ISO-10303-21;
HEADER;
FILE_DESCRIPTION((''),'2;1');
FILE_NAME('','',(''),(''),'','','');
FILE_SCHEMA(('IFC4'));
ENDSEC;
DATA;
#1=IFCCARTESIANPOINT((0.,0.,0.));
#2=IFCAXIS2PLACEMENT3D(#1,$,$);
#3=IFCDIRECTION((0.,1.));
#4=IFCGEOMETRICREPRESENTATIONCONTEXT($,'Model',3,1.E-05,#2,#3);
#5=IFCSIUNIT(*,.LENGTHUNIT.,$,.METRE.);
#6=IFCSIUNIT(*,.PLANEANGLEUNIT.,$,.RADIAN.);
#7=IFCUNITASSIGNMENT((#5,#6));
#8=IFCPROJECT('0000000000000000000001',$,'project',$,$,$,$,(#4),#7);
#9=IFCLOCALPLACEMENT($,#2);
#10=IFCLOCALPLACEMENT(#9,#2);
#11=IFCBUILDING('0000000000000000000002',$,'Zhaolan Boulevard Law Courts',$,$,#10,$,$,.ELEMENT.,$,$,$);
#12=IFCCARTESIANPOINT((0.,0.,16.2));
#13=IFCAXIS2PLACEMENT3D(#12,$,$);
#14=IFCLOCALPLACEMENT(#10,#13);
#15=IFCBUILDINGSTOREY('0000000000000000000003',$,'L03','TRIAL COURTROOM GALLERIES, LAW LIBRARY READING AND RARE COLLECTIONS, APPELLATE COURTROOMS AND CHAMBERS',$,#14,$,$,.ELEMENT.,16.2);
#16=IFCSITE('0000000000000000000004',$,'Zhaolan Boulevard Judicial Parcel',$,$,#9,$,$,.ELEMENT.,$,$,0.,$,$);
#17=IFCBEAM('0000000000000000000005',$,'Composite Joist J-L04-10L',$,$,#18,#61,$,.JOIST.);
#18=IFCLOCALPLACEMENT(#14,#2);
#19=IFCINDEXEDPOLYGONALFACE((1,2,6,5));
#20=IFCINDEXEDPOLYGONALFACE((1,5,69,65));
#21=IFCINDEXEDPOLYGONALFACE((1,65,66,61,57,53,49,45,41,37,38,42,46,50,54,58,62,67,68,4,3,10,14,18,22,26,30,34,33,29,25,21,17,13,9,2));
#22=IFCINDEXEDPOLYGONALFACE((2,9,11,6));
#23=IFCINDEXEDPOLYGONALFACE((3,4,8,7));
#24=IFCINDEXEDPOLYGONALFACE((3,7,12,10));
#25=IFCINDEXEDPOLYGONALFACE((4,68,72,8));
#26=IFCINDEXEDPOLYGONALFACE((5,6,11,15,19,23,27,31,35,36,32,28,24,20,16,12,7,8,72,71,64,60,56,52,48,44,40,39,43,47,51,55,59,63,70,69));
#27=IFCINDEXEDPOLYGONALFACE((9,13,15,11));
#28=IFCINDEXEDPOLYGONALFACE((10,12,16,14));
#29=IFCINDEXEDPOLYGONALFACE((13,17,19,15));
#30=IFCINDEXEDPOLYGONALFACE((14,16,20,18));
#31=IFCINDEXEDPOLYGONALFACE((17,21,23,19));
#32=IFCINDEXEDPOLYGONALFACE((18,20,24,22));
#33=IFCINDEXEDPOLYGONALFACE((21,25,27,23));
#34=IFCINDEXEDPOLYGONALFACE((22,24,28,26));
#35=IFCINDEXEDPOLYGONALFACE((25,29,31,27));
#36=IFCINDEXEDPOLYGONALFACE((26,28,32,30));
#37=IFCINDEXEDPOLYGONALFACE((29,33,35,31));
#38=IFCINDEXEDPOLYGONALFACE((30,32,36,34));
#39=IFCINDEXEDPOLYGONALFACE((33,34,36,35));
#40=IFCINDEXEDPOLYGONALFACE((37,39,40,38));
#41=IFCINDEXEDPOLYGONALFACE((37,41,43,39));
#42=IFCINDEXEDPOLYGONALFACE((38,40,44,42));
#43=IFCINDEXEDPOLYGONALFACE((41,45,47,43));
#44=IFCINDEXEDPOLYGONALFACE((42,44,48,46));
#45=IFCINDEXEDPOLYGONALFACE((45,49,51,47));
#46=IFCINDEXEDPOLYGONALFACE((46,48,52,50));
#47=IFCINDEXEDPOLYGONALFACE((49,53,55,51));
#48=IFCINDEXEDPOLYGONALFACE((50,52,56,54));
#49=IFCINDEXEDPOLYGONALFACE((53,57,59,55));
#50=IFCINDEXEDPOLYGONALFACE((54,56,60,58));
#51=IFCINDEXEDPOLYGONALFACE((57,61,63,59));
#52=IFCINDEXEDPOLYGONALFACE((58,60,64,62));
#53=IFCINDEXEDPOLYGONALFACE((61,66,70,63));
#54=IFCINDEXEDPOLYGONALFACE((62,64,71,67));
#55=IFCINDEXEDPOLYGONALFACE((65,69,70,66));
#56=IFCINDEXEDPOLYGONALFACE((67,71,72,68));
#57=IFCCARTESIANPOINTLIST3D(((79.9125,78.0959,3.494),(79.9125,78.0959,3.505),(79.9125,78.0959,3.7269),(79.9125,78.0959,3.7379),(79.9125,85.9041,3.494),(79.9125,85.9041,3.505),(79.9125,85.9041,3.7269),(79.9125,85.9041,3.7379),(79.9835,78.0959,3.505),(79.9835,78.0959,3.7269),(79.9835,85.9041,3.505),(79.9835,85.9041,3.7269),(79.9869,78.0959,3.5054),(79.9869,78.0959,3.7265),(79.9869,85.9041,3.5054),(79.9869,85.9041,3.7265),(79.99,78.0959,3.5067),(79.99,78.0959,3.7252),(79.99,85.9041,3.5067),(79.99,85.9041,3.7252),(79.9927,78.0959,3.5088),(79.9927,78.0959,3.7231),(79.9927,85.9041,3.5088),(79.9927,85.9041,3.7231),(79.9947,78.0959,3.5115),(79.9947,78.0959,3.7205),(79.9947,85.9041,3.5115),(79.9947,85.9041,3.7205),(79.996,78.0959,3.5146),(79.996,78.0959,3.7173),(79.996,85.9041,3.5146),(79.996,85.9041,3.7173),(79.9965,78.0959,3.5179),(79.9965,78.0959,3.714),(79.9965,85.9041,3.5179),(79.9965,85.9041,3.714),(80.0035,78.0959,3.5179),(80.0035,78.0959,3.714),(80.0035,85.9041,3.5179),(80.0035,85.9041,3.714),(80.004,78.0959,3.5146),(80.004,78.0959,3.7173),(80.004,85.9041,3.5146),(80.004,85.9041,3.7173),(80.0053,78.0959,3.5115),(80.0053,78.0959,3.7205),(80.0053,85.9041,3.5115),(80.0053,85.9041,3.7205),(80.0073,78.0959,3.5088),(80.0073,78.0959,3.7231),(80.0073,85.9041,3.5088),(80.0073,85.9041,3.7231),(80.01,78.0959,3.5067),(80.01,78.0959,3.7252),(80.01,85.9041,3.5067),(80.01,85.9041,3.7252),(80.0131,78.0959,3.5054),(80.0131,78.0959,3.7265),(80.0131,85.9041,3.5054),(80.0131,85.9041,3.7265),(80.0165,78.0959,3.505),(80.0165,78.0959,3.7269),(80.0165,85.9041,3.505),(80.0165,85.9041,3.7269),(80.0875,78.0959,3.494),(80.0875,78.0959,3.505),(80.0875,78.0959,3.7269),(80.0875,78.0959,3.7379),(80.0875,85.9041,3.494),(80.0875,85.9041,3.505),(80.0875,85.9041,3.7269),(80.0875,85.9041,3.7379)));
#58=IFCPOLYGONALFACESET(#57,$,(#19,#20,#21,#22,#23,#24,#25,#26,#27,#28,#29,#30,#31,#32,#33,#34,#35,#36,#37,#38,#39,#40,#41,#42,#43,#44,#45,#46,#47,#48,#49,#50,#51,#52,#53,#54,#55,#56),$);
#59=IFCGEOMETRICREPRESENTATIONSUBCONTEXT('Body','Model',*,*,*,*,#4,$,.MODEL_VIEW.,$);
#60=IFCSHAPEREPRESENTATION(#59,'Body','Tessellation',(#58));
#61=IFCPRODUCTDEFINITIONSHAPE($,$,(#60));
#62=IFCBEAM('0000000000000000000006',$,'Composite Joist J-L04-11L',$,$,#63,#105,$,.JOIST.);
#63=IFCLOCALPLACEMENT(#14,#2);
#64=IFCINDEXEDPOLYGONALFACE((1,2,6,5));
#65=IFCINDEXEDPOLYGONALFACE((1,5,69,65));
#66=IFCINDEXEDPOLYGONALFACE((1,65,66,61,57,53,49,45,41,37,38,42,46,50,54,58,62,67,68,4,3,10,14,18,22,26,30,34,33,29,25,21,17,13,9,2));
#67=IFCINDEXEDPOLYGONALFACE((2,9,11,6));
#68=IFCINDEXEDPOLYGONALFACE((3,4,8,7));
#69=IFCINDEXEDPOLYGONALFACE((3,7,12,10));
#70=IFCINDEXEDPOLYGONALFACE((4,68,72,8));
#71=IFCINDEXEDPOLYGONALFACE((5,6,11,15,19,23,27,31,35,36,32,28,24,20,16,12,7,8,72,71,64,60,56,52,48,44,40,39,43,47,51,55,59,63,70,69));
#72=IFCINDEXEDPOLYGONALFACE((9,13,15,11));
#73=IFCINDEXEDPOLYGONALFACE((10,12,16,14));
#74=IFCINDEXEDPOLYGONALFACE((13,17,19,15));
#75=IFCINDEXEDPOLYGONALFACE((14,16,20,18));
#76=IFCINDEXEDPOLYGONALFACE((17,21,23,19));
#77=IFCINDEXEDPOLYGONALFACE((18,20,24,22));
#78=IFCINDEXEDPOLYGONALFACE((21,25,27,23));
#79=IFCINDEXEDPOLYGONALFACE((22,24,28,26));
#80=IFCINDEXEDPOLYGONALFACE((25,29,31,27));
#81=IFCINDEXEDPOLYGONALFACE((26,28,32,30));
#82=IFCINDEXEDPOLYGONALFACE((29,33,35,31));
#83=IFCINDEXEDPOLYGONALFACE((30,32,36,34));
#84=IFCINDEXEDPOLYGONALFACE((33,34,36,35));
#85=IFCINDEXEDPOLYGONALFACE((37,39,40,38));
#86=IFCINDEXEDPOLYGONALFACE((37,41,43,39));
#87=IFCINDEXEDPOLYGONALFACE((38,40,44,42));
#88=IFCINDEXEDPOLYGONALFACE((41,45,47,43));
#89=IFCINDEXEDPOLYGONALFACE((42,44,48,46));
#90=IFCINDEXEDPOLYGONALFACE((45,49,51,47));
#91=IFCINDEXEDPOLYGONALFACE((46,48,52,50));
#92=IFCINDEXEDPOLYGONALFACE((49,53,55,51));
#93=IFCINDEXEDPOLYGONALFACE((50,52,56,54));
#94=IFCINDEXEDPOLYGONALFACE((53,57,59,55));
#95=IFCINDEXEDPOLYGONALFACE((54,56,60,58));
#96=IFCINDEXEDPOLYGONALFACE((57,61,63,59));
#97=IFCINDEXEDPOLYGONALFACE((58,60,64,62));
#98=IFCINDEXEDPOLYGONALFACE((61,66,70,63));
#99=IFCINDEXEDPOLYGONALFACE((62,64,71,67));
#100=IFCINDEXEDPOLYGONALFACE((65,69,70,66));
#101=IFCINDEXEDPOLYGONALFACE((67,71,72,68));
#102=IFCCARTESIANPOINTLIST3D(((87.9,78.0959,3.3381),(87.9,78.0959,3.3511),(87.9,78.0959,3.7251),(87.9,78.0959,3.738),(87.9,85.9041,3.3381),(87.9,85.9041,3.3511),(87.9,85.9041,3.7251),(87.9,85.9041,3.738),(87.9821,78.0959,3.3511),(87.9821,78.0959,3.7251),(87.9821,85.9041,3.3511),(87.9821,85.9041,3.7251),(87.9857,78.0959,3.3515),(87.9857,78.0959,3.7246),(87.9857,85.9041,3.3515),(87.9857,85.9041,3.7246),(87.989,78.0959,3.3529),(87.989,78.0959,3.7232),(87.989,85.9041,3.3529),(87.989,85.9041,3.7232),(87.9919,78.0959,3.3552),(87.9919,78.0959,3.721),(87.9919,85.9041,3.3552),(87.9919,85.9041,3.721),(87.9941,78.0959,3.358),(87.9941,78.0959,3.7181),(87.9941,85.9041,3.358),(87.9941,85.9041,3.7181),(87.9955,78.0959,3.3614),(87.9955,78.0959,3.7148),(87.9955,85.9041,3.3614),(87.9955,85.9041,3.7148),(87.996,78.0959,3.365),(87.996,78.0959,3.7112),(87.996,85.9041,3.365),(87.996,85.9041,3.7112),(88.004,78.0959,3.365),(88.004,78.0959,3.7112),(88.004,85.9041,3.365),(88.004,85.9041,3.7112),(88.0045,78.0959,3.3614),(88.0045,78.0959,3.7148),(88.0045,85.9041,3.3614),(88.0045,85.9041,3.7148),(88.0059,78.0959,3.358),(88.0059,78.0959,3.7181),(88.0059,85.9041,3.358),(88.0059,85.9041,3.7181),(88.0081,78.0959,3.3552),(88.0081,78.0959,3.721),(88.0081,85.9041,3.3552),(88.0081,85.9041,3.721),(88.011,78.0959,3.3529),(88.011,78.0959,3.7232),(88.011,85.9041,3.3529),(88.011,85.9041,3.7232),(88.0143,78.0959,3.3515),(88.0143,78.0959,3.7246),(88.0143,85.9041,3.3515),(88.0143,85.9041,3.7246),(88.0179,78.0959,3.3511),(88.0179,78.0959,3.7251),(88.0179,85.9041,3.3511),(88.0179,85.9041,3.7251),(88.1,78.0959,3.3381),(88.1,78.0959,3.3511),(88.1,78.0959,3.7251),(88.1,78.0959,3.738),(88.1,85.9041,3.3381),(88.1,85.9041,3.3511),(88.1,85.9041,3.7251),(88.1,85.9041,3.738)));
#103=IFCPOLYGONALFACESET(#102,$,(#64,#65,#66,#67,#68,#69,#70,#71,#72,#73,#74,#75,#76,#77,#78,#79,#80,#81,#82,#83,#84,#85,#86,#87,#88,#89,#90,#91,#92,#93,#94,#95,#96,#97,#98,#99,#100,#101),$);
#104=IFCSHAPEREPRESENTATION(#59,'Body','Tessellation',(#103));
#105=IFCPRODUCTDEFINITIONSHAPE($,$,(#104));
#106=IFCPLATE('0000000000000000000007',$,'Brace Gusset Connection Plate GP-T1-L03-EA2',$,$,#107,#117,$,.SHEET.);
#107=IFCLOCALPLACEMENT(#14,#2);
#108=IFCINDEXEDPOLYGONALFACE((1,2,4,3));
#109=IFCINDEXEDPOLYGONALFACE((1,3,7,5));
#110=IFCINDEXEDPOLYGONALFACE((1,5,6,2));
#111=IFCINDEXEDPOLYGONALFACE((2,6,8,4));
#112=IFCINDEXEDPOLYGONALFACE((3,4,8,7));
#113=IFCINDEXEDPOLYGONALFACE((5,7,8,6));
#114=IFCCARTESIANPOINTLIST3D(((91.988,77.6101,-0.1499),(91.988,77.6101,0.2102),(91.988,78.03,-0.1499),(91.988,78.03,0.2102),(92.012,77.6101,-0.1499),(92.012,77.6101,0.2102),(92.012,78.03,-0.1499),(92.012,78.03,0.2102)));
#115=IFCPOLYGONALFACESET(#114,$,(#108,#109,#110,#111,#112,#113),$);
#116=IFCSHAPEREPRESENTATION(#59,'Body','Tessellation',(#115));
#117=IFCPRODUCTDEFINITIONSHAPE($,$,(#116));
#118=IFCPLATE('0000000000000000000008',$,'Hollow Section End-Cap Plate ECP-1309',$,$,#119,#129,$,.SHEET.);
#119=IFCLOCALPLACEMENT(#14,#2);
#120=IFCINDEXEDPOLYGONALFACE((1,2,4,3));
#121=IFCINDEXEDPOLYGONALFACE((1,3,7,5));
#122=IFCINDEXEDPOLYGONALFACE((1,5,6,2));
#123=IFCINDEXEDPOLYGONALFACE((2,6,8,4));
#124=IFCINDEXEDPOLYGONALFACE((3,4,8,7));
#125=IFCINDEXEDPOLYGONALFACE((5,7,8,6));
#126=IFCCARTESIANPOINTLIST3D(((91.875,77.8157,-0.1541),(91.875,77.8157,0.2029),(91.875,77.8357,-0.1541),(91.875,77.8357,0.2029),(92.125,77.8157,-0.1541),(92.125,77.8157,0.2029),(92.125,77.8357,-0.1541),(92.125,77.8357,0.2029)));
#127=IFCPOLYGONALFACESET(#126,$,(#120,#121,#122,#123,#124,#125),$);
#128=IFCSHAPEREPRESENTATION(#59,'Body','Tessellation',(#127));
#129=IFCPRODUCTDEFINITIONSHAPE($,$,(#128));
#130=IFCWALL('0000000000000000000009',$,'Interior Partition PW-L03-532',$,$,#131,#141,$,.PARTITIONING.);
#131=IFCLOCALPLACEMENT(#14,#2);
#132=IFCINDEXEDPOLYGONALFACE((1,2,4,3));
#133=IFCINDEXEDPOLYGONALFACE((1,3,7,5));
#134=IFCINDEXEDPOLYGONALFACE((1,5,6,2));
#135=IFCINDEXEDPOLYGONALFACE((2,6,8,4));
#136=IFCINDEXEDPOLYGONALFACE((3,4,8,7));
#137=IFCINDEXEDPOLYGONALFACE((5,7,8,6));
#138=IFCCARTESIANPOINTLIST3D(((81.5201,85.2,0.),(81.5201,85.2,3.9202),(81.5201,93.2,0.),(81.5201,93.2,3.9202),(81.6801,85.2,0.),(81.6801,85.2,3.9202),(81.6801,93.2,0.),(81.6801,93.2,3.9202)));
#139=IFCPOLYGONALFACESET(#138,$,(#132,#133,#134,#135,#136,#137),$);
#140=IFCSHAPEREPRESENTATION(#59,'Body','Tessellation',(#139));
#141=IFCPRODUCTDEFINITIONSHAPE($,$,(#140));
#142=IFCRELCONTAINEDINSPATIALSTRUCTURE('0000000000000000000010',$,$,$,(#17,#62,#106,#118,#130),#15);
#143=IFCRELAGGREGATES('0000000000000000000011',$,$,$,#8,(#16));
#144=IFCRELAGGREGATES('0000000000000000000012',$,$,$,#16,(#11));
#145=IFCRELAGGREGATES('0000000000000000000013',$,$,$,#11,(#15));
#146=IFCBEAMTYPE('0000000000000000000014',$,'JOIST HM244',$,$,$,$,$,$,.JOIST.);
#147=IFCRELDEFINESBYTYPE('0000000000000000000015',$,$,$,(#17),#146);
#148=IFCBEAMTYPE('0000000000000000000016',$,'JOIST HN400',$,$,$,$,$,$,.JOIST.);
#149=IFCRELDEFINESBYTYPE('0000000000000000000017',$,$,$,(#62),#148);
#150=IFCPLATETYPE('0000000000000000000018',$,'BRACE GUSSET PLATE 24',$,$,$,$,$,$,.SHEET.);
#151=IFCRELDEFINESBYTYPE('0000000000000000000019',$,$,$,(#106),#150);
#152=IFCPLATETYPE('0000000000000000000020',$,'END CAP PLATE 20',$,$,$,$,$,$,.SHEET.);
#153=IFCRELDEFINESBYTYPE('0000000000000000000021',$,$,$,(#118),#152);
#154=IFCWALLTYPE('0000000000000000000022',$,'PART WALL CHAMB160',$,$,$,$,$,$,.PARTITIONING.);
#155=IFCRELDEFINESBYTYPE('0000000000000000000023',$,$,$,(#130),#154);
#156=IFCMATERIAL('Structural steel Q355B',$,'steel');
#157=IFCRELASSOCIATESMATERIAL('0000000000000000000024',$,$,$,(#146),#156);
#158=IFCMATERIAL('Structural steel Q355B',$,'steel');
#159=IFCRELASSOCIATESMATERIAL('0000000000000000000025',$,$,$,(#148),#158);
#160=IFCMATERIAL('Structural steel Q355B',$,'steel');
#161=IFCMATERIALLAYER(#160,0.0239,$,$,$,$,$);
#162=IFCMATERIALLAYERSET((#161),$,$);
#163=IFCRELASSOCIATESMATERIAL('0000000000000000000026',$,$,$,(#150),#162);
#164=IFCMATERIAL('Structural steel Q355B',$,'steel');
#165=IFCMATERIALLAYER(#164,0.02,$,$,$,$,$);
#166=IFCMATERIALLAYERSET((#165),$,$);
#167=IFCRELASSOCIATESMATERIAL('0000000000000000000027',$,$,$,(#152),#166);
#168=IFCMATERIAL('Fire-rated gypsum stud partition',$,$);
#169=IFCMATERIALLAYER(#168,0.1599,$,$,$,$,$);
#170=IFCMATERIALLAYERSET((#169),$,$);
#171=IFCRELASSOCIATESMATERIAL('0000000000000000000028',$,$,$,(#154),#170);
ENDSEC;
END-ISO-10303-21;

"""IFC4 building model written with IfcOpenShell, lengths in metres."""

from ifc_helpers import new_model, si_unit, direction, frame, frame_2d, origin, origin_2d, place, context, subcontext, project, spatial, rectangle, i_section, extrude, material, layer, layer_set, material_profile, profile_set, type_object, element, save


model = new_model("IFC4")

# Units and contexts
model_context = context("Model", 3, precision=1e-05, world=origin(), true_north=direction((0.0, 1.0)))
body_context = subcontext(model_context, "Body", "Model", "MODEL_VIEW")
ifc_project = project(units=[si_unit("LENGTHUNIT", "METRE"), si_unit("PLANEANGLEUNIT", "RADIAN")], contexts=[model_context])

# Site, building, storey
site_placement = place(None, origin())
site = spatial("IfcSite", under=ifc_project, at=site_placement, Name="Zhaolan Boulevard Judicial Parcel", CompositionType="ELEMENT", RefElevation=0.0)
building_placement = place(site_placement, origin())
building = spatial("IfcBuilding", under=site, at=building_placement, Name="Zhaolan Boulevard Law Courts", CompositionType="ELEMENT")
storey_placement = place(building_placement, frame((0.0, 0.0, 16.2)))
storey = spatial("IfcBuildingStorey", under=building, at=storey_placement, Name="L03", Description="TRIAL COURTROOM GALLERIES, LAW LIBRARY READING AND RARE COLLECTIONS, APPELLATE COURTROOMS AND CHAMBERS", CompositionType="ELEMENT", Elevation=16.2)

# Beams
ifc_material_1 = material(Name="Structural steel Q355B", Category="steel")
ifc_material_profile_1 = material_profile(ifc_material_1, i_section(OverallWidth=0.175, OverallDepth=0.2439, WebThickness=0.0071, FlangeThickness=0.011, FilletRadius=0.0129, at=origin_2d()), Name="HM244x175")
ifc_profile_set_1 = profile_set([ifc_material_profile_1], Name="Structural steel Q355B")
beam_type_1 = type_object("IfcBeamType", Name="JOIST HM244", PredefinedType="JOIST", material=ifc_profile_set_1)
beam_1_placement = place(storey_placement, frame((80.0, 78.0959, 3.616), z_axis=(0.0, 1.0, 0.0), x_axis=(-1.0, 0.0, 0.0)))
element("IfcBeam", 1, at=beam_1_placement, inside=storey, type_object=beam_type_1, Name="Composite Joist J-L04-10L", PredefinedType="JOIST", context=body_context, shape_type="SweptSolid", body=[
    extrude(i_section(OverallWidth=0.175, OverallDepth=0.2439, WebThickness=0.0071, FlangeThickness=0.011, FilletRadius=0.0129, at=origin_2d()), origin(), (0.0, 0.0, 1.0), 7.8081),
])
ifc_material_2 = material(Name="Structural steel Q355B", Category="steel")
ifc_material_profile_2 = material_profile(ifc_material_2, i_section(OverallWidth=0.2, OverallDepth=0.3999, WebThickness=0.0081, FlangeThickness=0.0129, FilletRadius=0.0139, at=origin_2d()), Name="HN400x200")
ifc_profile_set_2 = profile_set([ifc_material_profile_2], Name="Structural steel Q355B")
beam_type_2 = type_object("IfcBeamType", Name="JOIST HN400", PredefinedType="JOIST", material=ifc_profile_set_2)
beam_2_placement = place(storey_placement, frame((88.0, 78.0959, 3.5381), z_axis=(0.0, 1.0, 0.0), x_axis=(-1.0, 0.0, 0.0)))
element("IfcBeam", 2, at=beam_2_placement, inside=storey, type_object=beam_type_2, Name="Composite Joist J-L04-11L", PredefinedType="JOIST", context=body_context, shape_type="SweptSolid", body=[
    extrude(i_section(OverallWidth=0.2, OverallDepth=0.3999, WebThickness=0.0081, FlangeThickness=0.0129, FilletRadius=0.0139, at=origin_2d()), origin(), (0.0, 0.0, 1.0), 7.8081),
])

# Plates
ifc_material_3 = material(Name="Structural steel Q355B", Category="steel")
ifc_layer_1 = layer(ifc_material_3, 0.0239)
ifc_layer_set_1 = layer_set([ifc_layer_1])
plate_type_1 = type_object("IfcPlateType", Name="BRACE GUSSET PLATE 24", PredefinedType="SHEET", material=ifc_layer_set_1)
plate_1_placement = place(storey_placement, frame((92.0, 77.8201, -0.1499), z_axis=(0.0, 0.0, 1.0), x_axis=(0.0, 1.0, 0.0)))
element("IfcPlate", 3, at=plate_1_placement, inside=storey, type_object=plate_type_1, Name="Brace Gusset Connection Plate GP-T1-L03-EA2", PredefinedType="SHEET", context=body_context, shape_type="SweptSolid", body=[
    extrude(rectangle(XDim=0.4199, YDim=0.0239, at=origin_2d()), origin(), (0.0, 0.0, 1.0), 0.3601),
])
ifc_material_4 = material(Name="Structural steel Q355B", Category="steel")
ifc_layer_2 = layer(ifc_material_4, 0.02)
ifc_layer_set_2 = layer_set([ifc_layer_2])
plate_type_2 = type_object("IfcPlateType", Name="END CAP PLATE 20", PredefinedType="SHEET", material=ifc_layer_set_2)
plate_2_placement = place(storey_placement, frame((92.0, 77.8257, -0.1541), z_axis=(0.0, 0.0, 1.0), x_axis=(0.0, -1.0, 0.0)))
element("IfcPlate", 4, at=plate_2_placement, inside=storey, type_object=plate_type_2, Name="Hollow Section End-Cap Plate ECP-1309", PredefinedType="SHEET", context=body_context, shape_type="SweptSolid", body=[
    extrude(rectangle(XDim=0.02, YDim=0.25, at=origin_2d()), origin(), (0.0, 0.0, 1.0), 0.3569),
])

# Wall
ifc_material_5 = material(Name="Fire-rated gypsum stud partition")
ifc_layer_3 = layer(ifc_material_5, 0.1599)
ifc_layer_set_3 = layer_set([ifc_layer_3])
wall_type = type_object("IfcWallType", Name="PART WALL CHAMB160", PredefinedType="PARTITIONING", material=ifc_layer_set_3)
wall_placement = place(storey_placement, frame((81.6001, 85.2, 0.0), z_axis=(0.0, 0.0, 1.0), x_axis=(0.0, 1.0, 0.0)))
element("IfcWall", 5, at=wall_placement, inside=storey, type_object=wall_type, Name="Interior Partition PW-L03-532", PredefinedType="PARTITIONING", context=body_context, shape_type="SweptSolid", body=[
    extrude(rectangle(XDim=8.0, YDim=0.1599, at=frame_2d((4.0, 0.0))), origin(), (0.0, 0.0, 1.0), 3.9202),
])

save(model, "model.ifc")
